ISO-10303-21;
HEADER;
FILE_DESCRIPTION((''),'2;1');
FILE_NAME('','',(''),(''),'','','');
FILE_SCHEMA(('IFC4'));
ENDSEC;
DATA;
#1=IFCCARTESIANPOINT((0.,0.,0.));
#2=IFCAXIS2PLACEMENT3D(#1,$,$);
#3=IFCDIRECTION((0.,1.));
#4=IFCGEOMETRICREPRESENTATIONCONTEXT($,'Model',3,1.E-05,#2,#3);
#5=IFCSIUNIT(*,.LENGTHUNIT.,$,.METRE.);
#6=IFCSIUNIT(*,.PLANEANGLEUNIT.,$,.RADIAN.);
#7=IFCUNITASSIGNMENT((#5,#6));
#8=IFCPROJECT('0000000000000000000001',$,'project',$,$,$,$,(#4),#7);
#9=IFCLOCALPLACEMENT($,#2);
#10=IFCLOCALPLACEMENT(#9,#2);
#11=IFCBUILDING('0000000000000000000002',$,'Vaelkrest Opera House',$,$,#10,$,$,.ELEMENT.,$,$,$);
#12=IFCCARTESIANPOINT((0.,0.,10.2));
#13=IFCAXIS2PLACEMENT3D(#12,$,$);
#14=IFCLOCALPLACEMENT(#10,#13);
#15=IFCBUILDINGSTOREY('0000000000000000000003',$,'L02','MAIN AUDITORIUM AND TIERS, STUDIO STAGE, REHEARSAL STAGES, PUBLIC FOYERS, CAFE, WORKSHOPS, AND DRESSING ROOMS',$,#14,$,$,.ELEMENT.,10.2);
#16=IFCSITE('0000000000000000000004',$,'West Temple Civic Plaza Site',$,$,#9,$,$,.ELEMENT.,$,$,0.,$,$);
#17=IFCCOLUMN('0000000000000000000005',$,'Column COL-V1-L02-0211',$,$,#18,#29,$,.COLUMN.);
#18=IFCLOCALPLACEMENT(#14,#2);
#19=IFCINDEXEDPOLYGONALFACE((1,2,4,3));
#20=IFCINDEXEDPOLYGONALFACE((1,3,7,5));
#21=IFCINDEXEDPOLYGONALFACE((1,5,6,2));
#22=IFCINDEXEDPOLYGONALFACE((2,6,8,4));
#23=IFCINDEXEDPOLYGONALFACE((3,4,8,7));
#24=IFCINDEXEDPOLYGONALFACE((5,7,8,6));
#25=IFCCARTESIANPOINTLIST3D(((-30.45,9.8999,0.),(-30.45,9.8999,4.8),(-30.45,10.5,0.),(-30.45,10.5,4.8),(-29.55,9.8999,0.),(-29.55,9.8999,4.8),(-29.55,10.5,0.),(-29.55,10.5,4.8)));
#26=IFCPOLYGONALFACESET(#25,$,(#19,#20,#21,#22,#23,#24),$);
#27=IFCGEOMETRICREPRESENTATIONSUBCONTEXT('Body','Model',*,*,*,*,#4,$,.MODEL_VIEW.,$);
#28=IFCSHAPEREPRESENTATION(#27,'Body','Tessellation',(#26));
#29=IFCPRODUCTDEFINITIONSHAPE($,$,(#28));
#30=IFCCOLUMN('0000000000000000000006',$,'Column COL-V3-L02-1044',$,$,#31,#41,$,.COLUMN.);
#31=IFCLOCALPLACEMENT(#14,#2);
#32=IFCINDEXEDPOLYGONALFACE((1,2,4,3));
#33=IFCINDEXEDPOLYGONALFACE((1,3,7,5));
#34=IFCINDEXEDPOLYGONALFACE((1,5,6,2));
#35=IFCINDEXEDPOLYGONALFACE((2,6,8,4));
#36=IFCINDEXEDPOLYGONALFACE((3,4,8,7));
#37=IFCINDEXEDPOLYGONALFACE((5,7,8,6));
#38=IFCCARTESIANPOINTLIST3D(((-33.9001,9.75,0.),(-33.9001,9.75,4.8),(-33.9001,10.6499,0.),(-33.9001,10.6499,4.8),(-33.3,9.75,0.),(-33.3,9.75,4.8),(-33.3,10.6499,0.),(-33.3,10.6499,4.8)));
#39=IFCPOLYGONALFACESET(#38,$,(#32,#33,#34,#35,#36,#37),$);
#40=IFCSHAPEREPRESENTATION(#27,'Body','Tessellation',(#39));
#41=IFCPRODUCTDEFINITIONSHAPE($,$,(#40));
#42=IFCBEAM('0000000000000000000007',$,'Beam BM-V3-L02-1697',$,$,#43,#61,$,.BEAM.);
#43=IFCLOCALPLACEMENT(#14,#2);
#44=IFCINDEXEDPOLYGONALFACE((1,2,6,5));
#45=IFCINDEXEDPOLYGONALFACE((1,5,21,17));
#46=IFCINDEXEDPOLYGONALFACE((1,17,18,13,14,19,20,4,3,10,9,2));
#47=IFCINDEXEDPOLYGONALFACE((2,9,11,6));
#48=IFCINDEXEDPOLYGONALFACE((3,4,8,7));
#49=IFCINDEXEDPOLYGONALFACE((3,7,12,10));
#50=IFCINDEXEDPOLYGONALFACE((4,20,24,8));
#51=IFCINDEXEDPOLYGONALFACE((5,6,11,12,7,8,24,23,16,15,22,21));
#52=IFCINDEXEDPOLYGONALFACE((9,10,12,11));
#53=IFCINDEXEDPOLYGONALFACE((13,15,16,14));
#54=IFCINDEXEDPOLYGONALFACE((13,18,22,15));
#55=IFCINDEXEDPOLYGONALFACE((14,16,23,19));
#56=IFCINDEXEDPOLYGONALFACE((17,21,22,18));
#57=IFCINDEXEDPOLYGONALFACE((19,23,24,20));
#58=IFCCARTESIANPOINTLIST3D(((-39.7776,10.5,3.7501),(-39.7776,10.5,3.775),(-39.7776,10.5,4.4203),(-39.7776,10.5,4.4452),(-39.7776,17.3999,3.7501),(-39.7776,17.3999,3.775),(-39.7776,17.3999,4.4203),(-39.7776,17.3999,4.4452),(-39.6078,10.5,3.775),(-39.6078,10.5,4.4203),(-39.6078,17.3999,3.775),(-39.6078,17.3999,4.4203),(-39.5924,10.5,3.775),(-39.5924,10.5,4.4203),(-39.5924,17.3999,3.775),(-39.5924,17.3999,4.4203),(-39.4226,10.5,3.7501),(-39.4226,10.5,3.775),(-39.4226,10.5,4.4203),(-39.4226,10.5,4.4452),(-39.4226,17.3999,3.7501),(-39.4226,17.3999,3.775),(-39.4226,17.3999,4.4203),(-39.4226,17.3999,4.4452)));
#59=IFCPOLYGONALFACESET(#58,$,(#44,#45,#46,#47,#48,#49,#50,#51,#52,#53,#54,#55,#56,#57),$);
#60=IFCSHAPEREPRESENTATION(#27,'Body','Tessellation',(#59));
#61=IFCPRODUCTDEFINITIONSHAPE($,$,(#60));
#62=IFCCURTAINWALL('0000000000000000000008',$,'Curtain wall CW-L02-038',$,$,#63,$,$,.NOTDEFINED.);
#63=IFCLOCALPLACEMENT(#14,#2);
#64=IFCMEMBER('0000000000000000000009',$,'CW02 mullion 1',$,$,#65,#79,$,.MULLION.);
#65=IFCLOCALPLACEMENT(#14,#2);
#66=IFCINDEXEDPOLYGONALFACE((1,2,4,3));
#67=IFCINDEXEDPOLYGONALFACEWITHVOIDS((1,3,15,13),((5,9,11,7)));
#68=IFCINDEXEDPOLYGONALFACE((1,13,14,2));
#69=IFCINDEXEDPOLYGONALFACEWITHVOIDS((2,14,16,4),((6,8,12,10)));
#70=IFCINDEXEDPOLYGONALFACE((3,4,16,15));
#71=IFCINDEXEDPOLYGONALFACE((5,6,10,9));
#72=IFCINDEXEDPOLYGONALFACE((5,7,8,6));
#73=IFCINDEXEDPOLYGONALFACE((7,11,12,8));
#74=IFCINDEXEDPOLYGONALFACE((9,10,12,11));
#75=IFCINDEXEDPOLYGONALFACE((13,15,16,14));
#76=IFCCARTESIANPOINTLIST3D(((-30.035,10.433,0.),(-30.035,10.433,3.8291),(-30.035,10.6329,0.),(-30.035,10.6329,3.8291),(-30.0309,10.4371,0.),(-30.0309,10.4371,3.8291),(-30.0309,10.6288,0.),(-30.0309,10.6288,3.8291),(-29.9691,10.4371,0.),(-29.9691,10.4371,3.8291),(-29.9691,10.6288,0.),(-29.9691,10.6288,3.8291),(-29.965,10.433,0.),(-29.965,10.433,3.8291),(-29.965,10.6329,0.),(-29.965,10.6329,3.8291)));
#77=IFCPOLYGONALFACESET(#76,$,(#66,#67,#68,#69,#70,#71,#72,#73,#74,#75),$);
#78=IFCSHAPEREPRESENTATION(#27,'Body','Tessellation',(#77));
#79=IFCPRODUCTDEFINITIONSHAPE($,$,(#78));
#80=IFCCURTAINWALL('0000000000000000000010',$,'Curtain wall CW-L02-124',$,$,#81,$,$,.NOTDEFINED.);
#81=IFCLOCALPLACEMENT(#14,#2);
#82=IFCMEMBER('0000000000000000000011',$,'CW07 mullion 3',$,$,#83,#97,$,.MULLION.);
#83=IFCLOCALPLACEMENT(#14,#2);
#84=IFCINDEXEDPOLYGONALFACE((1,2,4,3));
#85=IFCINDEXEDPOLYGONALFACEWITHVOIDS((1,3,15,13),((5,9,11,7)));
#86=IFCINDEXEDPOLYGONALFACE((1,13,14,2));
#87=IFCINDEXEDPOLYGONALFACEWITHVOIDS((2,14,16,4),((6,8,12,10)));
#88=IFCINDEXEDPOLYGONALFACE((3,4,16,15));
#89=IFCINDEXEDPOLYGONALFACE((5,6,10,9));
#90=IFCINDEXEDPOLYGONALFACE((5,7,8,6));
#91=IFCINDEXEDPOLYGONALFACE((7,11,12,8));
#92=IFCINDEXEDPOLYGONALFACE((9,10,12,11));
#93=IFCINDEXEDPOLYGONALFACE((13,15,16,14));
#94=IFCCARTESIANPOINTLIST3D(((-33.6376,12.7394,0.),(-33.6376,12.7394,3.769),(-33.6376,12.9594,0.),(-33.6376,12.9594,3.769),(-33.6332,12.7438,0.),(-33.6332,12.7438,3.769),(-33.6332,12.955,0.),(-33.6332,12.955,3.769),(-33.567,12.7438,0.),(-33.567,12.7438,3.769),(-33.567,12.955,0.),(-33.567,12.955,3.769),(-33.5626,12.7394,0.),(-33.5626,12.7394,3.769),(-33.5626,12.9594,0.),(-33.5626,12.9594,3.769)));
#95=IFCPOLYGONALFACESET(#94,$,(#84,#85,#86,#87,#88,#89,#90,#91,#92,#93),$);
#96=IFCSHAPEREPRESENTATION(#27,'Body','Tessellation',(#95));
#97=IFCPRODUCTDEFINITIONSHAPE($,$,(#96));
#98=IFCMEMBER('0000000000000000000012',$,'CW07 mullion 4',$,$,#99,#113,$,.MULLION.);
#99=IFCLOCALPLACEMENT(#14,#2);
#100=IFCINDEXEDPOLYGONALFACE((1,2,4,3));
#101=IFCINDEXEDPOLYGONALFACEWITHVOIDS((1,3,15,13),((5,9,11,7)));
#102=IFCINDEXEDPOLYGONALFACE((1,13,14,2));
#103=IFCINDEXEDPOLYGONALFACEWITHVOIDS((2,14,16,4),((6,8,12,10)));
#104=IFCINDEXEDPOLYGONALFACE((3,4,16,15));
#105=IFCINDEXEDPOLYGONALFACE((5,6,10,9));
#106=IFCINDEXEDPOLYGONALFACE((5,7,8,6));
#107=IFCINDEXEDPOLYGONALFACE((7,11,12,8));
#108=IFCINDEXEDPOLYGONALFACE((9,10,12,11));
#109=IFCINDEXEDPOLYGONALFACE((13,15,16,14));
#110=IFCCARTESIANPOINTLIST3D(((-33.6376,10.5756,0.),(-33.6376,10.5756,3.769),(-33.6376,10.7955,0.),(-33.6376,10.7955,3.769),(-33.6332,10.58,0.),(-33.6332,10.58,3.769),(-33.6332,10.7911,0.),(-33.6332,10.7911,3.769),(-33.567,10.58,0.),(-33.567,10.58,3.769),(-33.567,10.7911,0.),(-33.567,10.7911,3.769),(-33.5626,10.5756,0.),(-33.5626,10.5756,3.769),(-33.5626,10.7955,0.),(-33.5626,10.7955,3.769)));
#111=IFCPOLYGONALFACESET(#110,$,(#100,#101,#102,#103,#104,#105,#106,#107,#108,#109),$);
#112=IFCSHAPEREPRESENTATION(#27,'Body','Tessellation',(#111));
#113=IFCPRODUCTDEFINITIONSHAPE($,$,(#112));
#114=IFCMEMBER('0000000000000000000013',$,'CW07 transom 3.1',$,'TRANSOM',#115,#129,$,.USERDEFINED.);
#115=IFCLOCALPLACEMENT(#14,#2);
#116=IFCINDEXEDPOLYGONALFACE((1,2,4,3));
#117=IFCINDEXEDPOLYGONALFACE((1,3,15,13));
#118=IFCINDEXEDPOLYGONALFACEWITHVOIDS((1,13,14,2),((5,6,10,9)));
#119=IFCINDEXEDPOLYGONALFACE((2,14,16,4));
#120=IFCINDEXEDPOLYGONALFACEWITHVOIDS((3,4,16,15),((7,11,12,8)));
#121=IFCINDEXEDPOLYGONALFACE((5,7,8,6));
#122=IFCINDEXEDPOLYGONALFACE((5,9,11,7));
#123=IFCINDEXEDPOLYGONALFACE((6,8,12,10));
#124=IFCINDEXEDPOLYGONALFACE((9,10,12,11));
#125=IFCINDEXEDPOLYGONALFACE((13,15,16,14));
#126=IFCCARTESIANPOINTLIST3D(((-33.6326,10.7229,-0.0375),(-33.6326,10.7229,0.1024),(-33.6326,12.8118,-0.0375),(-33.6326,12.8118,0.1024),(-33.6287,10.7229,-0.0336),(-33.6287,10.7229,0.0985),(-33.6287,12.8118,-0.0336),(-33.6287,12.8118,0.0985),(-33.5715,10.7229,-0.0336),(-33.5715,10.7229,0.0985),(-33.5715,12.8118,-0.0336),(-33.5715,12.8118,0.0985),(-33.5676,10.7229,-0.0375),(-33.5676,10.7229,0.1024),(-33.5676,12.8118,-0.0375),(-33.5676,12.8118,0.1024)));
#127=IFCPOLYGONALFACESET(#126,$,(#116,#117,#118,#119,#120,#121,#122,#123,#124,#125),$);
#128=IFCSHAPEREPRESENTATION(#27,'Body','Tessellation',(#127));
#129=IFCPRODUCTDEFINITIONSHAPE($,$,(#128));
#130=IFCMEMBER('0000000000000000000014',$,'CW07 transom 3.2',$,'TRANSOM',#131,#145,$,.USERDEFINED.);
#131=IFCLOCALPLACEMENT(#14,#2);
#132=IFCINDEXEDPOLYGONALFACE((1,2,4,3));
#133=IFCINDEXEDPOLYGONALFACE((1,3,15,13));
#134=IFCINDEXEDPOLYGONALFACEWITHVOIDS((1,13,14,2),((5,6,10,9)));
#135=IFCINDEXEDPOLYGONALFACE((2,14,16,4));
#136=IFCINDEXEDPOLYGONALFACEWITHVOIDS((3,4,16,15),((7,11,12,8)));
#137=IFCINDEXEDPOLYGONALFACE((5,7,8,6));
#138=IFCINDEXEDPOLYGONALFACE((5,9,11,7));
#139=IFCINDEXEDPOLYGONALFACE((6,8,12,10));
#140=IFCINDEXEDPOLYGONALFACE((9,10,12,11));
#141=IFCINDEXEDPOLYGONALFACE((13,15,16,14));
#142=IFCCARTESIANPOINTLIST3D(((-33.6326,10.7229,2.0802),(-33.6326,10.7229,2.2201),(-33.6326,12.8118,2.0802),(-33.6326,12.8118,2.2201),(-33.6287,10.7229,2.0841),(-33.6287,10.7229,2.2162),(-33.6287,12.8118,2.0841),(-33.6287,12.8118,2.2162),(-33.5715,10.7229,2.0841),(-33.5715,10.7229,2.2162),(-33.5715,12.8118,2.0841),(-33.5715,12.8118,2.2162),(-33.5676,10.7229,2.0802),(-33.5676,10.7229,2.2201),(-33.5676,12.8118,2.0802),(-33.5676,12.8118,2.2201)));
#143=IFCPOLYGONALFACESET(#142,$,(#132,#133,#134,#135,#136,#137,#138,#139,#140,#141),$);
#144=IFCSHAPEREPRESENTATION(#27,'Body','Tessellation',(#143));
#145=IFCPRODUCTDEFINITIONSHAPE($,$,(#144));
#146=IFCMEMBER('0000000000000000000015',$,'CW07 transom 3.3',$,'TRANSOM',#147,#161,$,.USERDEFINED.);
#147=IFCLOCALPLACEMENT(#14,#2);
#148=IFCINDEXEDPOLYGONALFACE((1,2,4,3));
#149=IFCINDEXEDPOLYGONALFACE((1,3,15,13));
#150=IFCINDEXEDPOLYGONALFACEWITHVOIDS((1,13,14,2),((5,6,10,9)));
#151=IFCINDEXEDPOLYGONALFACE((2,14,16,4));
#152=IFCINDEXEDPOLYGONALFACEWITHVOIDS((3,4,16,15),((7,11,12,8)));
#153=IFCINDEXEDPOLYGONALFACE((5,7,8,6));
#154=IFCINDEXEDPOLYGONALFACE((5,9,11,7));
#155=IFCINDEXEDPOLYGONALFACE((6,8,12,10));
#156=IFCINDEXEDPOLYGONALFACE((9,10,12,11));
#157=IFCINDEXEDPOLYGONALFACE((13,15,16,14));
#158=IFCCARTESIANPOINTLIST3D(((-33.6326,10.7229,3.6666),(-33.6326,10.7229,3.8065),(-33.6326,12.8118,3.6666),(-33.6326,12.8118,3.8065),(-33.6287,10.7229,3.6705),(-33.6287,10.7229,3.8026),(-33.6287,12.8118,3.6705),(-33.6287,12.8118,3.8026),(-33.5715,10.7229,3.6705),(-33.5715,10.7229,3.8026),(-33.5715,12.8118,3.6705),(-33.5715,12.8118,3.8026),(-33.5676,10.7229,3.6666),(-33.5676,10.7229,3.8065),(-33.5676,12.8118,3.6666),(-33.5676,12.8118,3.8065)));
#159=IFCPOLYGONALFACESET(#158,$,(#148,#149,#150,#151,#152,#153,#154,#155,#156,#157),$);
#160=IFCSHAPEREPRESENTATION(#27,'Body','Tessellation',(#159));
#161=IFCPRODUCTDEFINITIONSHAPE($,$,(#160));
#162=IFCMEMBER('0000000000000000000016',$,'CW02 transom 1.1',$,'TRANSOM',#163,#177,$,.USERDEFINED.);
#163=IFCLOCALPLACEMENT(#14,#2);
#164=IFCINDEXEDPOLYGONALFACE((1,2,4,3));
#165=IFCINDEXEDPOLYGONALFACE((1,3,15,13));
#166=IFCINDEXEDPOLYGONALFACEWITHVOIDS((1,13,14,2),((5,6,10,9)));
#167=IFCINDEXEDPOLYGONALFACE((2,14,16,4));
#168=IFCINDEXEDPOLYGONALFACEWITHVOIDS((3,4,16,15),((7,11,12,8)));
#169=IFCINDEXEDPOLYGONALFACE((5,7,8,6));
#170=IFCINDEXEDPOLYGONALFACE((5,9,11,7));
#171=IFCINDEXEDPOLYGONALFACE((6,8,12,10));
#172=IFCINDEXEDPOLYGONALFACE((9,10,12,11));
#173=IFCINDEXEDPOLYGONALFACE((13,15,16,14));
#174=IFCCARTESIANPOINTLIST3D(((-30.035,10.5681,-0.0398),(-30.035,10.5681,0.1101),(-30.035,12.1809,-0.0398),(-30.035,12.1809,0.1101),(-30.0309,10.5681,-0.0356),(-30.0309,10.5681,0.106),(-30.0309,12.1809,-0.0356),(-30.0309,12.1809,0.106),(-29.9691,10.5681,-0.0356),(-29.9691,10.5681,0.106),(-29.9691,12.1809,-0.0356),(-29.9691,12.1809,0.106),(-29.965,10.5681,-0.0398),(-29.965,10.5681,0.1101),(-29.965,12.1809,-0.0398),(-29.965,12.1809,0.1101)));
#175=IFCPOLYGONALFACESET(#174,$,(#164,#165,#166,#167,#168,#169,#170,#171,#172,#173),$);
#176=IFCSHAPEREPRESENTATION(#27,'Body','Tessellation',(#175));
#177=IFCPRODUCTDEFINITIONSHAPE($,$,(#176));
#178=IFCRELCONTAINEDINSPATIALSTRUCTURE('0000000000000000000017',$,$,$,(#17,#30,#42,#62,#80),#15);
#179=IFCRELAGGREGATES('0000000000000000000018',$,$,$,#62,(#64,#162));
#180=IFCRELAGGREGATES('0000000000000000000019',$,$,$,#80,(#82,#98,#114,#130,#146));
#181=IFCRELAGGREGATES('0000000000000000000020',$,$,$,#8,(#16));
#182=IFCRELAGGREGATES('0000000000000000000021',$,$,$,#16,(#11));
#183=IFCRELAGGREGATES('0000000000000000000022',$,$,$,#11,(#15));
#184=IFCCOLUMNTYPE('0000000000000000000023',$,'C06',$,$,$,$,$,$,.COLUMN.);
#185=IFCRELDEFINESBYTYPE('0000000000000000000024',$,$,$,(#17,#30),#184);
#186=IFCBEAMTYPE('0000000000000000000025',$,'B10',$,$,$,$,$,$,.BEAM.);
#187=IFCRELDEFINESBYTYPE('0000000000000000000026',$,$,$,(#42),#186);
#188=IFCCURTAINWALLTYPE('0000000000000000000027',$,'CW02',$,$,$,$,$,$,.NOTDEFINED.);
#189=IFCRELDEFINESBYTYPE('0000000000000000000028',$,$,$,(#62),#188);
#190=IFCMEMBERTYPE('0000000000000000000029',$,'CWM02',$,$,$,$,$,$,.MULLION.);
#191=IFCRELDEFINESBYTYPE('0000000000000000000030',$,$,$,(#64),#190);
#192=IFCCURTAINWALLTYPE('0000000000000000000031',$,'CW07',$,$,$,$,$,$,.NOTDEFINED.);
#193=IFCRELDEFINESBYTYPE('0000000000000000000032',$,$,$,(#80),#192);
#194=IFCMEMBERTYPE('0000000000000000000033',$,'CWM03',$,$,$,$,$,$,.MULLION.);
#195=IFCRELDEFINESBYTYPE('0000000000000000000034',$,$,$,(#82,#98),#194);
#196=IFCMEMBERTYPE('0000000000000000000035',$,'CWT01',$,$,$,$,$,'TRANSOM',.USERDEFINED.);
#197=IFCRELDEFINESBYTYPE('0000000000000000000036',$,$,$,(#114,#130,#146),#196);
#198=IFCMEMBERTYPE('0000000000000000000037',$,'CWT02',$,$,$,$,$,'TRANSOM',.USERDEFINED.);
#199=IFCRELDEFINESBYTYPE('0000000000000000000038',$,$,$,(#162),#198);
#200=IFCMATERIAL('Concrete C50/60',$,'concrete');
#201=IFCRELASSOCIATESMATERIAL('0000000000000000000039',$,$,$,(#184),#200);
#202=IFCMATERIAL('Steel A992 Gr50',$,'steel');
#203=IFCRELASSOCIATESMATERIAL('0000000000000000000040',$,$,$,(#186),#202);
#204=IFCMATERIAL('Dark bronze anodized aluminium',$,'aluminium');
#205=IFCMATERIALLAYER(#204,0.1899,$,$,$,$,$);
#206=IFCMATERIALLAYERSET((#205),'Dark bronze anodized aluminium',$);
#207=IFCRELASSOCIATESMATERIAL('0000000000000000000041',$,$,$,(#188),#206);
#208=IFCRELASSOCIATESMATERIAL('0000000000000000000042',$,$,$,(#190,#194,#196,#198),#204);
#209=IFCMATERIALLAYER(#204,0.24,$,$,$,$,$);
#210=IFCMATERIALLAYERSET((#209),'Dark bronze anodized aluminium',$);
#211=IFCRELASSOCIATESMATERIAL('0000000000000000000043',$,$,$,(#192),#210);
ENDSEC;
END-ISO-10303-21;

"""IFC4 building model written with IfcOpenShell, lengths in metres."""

from ifc_helpers import new_model, si_unit, direction, frame, origin, origin_2d, place, context, subcontext, project, spatial, rectangle, hollow_rectangle, i_section, extrude, material, layer, layer_set, material_profile, profile_set, type_object, element, aggregate, save


model = new_model("IFC4")

# Units and contexts
model_context = context("Model", 3, precision=1e-05, world=origin(), true_north=direction((0.0, 1.0)))
body_context = subcontext(model_context, "Body", "Model", "MODEL_VIEW")
ifc_project = project(units=[si_unit("LENGTHUNIT", "METRE"), si_unit("PLANEANGLEUNIT", "RADIAN")], contexts=[model_context])

# Site, building, storey
site_placement = place(None, origin())
site = spatial("IfcSite", under=ifc_project, at=site_placement, Name="West Temple Civic Plaza Site", CompositionType="ELEMENT", RefElevation=0.0)
building_placement = place(site_placement, origin())
building = spatial("IfcBuilding", under=site, at=building_placement, Name="Vaelkrest Opera House", CompositionType="ELEMENT")
storey_placement = place(building_placement, frame((0.0, 0.0, 10.2)))
storey = spatial("IfcBuildingStorey", under=building, at=storey_placement, Name="L02", Description="MAIN AUDITORIUM AND TIERS, STUDIO STAGE, REHEARSAL STAGES, PUBLIC FOYERS, CAFE, WORKSHOPS, AND DRESSING ROOMS", CompositionType="ELEMENT", Elevation=10.2)

# Columns
ifc_material_1 = material(Name="Concrete C50/60", Category="concrete")
ifc_material_profile_1 = material_profile(ifc_material_1, rectangle(XDim=0.6001, YDim=0.8999, at=origin_2d()), Name="RC600X900")
ifc_profile_set_1 = profile_set([ifc_material_profile_1], Name="Concrete C50/60")
column_type = type_object("IfcColumnType", Name="C06", PredefinedType="COLUMN", material=ifc_profile_set_1)
for number, where, z_axis, x_axis, name in (
    (1, (-30.0, 10.2, 0.0), (0.0, 0.0, 1.0), (0.0, 1.0, 0.0), "Column COL-V1-L02-0211"),
    (2, (-33.6001, 10.2, 0.0), (0.0, 0.0, 1.0), (1.0, 0.0, 0.0), "Column COL-V3-L02-1044"),
):
    element("IfcColumn", number, at=place(storey_placement, frame(where, z_axis=z_axis, x_axis=x_axis)), inside=storey, type_object=column_type, Name=name, PredefinedType="COLUMN", context=body_context, shape_type="SweptSolid", body=[
        extrude(rectangle(XDim=0.6001, YDim=0.8999, at=origin_2d()), origin(), (0.0, 0.0, 1.0), 4.8),
    ])

# Beam
ifc_material_2 = material(Name="Steel A992 Gr50", Category="steel")
ifc_material_profile_2 = material_profile(ifc_material_2, i_section(OverallWidth=0.355, OverallDepth=0.6951, WebThickness=0.0154, FlangeThickness=0.0249, at=origin_2d()), Name="W27X146")
ifc_profile_set_2 = profile_set([ifc_material_profile_2], Name="Steel A992 Gr50")
beam_type_1 = type_object("IfcBeamType", Name="B10", PredefinedType="BEAM", material=ifc_profile_set_2)
beam_1_placement = place(storey_placement, frame((-39.6001, 10.5, 4.0977), z_axis=(0.0, 1.0, 0.0), x_axis=(-1.0, 0.0, 0.0)))
element("IfcBeam", 3, at=beam_1_placement, inside=storey, type_object=beam_type_1, Name="Beam BM-V3-L02-1697", PredefinedType="BEAM", context=body_context, shape_type="SweptSolid", body=[
    extrude(i_section(OverallWidth=0.355, OverallDepth=0.6951, WebThickness=0.0154, FlangeThickness=0.0249, at=origin_2d()), origin(), (0.0, 0.0, 1.0), 6.8999),
])

# Curtain wall, member
ifc_material_3 = material(Name="Dark bronze anodized aluminium", Category="aluminium")
ifc_layer_1 = layer(ifc_material_3, 0.1899)
ifc_layer_set_1 = layer_set([ifc_layer_1], Name="Dark bronze anodized aluminium")
curtain_wall_type_1 = type_object("IfcCurtainWallType", Name="CW02", PredefinedType="NOTDEFINED", material=ifc_layer_set_1)
curtain_wall_1_placement = place(storey_placement, origin())
curtain_wall_1 = element("IfcCurtainWall", 4, at=curtain_wall_1_placement, inside=storey, type_object=curtain_wall_type_1, Name="Curtain wall CW-L02-038", PredefinedType="NOTDEFINED")
ifc_material_profile_3 = material_profile(ifc_material_3, hollow_rectangle(XDim=0.0701, YDim=0.2, WallThickness=0.0042, at=origin_2d()), Name="CWM70X200")
ifc_profile_set_3 = profile_set([ifc_material_profile_3], Name="Dark bronze anodized aluminium")
member_type_1 = type_object("IfcMemberType", Name="CWM02", PredefinedType="MULLION", material=ifc_profile_set_3)
member_1_placement = place(storey_placement, frame((-30.0, 10.533, 0.0), z_axis=(0.0, 0.0, 1.0), x_axis=(-1.0, 0.0, 0.0)))
member_1 = element("IfcMember", 5, at=member_1_placement, type_object=member_type_1, Name="CW02 mullion 1", PredefinedType="MULLION", context=body_context, shape_type="SweptSolid", body=[
    extrude(hollow_rectangle(XDim=0.0701, YDim=0.2, WallThickness=0.0042, at=origin_2d()), origin(), (0.0, 0.0, 1.0), 3.8291),
])

# Curtain wall, members
ifc_layer_2 = layer(ifc_material_3, 0.24)
ifc_layer_set_2 = layer_set([ifc_layer_2], Name="Dark bronze anodized aluminium")
curtain_wall_type_2 = type_object("IfcCurtainWallType", Name="CW07", PredefinedType="NOTDEFINED", material=ifc_layer_set_2)
curtain_wall_2_placement = place(storey_placement, origin())
curtain_wall_2 = element("IfcCurtainWall", 6, at=curtain_wall_2_placement, inside=storey, type_object=curtain_wall_type_2, Name="Curtain wall CW-L02-124", PredefinedType="NOTDEFINED")
ifc_material_profile_4 = material_profile(ifc_material_3, hollow_rectangle(XDim=0.075, YDim=0.22, WallThickness=0.0044, at=origin_2d()), Name="CWM75X220")
ifc_profile_set_4 = profile_set([ifc_material_profile_4], Name="Dark bronze anodized aluminium")
member_type_2 = type_object("IfcMemberType", Name="CWM03", PredefinedType="MULLION", material=ifc_profile_set_4)
member_2_placement = place(storey_placement, frame((-33.6001, 12.8494, 0.0), z_axis=(0.0, 0.0, 1.0), x_axis=(1.0, 0.0, 0.0)))
member_2 = element("IfcMember", 7, at=member_2_placement, type_object=member_type_2, Name="CW07 mullion 3", PredefinedType="MULLION", context=body_context, shape_type="SweptSolid", body=[
    extrude(hollow_rectangle(XDim=0.075, YDim=0.22, WallThickness=0.0044, at=origin_2d()), origin(), (0.0, 0.0, 1.0), 3.769),
])
member_3_placement = place(storey_placement, frame((-33.6001, 10.6855, 0.0), z_axis=(0.0, 0.0, 1.0), x_axis=(1.0, 0.0, 0.0)))
member_3 = element("IfcMember", 8, at=member_3_placement, type_object=member_type_2, Name="CW07 mullion 4", PredefinedType="MULLION", context=body_context, shape_type="SweptSolid", body=[
    extrude(hollow_rectangle(XDim=0.075, YDim=0.22, WallThickness=0.0044, at=origin_2d()), origin(), (0.0, 0.0, 1.0), 3.769),
])
ifc_material_profile_5 = material_profile(ifc_material_3, hollow_rectangle(XDim=0.0649, YDim=0.1399, WallThickness=0.0039, at=origin_2d()), Name="CWT65X140")
ifc_profile_set_5 = profile_set([ifc_material_profile_5], Name="Dark bronze anodized aluminium")
member_type_3 = type_object("IfcMemberType", Name="CWT01", ElementType="TRANSOM", PredefinedType="USERDEFINED", material=ifc_profile_set_5)
member_4_placement = place(storey_placement, frame((-33.6001, 12.8118, 0.0325), z_axis=(0.0, -1.0, 0.0), x_axis=(1.0, 0.0, 0.0)))
member_4 = element("IfcMember", 9, at=member_4_placement, type_object=member_type_3, Name="CW07 transom 3.1", ObjectType="TRANSOM", PredefinedType="USERDEFINED", context=body_context, shape_type="SweptSolid", body=[
    extrude(hollow_rectangle(XDim=0.0649, YDim=0.1399, WallThickness=0.0039, at=origin_2d()), origin(), (0.0, 0.0, 1.0), 2.0889),
])
member_5_placement = place(storey_placement, frame((-33.6001, 12.8118, 2.1501), z_axis=(0.0, -1.0, 0.0), x_axis=(1.0, 0.0, 0.0)))
member_5 = element("IfcMember", 10, at=member_5_placement, type_object=member_type_3, Name="CW07 transom 3.2", ObjectType="TRANSOM", PredefinedType="USERDEFINED", context=body_context, shape_type="SweptSolid", body=[
    extrude(hollow_rectangle(XDim=0.0649, YDim=0.1399, WallThickness=0.0039, at=origin_2d()), origin(), (0.0, 0.0, 1.0), 2.0889),
])
member_6_placement = place(storey_placement, frame((-33.6001, 12.8118, 3.7366), z_axis=(0.0, -1.0, 0.0), x_axis=(1.0, 0.0, 0.0)))
member_6 = element("IfcMember", 11, at=member_6_placement, type_object=member_type_3, Name="CW07 transom 3.3", ObjectType="TRANSOM", PredefinedType="USERDEFINED", context=body_context, shape_type="SweptSolid", body=[
    extrude(hollow_rectangle(XDim=0.0649, YDim=0.1399, WallThickness=0.0039, at=origin_2d()), origin(), (0.0, 0.0, 1.0), 2.0889),
])

# Member
ifc_material_profile_6 = material_profile(ifc_material_3, hollow_rectangle(XDim=0.0701, YDim=0.1499, WallThickness=0.0042, at=origin_2d()), Name="CWT70X150")
ifc_profile_set_6 = profile_set([ifc_material_profile_6], Name="Dark bronze anodized aluminium")
member_type_4 = type_object("IfcMemberType", Name="CWT02", ElementType="TRANSOM", PredefinedType="USERDEFINED", material=ifc_profile_set_6)
member_7_placement = place(storey_placement, frame((-30.0, 10.5681, 0.0352), z_axis=(0.0, 1.0, 0.0), x_axis=(-1.0, 0.0, 0.0)))
member_7 = element("IfcMember", 12, at=member_7_placement, type_object=member_type_4, Name="CW02 transom 1.1", ObjectType="TRANSOM", PredefinedType="USERDEFINED", context=body_context, shape_type="SweptSolid", body=[
    extrude(hollow_rectangle(XDim=0.0701, YDim=0.1499, WallThickness=0.0042, at=origin_2d()), origin(), (0.0, 0.0, 1.0), 1.6128),
])
aggregate(curtain_wall_1, [member_1, member_7])

aggregate(curtain_wall_2, [member_2, member_3, member_4, member_5, member_6])

save(model, "model.ifc")
